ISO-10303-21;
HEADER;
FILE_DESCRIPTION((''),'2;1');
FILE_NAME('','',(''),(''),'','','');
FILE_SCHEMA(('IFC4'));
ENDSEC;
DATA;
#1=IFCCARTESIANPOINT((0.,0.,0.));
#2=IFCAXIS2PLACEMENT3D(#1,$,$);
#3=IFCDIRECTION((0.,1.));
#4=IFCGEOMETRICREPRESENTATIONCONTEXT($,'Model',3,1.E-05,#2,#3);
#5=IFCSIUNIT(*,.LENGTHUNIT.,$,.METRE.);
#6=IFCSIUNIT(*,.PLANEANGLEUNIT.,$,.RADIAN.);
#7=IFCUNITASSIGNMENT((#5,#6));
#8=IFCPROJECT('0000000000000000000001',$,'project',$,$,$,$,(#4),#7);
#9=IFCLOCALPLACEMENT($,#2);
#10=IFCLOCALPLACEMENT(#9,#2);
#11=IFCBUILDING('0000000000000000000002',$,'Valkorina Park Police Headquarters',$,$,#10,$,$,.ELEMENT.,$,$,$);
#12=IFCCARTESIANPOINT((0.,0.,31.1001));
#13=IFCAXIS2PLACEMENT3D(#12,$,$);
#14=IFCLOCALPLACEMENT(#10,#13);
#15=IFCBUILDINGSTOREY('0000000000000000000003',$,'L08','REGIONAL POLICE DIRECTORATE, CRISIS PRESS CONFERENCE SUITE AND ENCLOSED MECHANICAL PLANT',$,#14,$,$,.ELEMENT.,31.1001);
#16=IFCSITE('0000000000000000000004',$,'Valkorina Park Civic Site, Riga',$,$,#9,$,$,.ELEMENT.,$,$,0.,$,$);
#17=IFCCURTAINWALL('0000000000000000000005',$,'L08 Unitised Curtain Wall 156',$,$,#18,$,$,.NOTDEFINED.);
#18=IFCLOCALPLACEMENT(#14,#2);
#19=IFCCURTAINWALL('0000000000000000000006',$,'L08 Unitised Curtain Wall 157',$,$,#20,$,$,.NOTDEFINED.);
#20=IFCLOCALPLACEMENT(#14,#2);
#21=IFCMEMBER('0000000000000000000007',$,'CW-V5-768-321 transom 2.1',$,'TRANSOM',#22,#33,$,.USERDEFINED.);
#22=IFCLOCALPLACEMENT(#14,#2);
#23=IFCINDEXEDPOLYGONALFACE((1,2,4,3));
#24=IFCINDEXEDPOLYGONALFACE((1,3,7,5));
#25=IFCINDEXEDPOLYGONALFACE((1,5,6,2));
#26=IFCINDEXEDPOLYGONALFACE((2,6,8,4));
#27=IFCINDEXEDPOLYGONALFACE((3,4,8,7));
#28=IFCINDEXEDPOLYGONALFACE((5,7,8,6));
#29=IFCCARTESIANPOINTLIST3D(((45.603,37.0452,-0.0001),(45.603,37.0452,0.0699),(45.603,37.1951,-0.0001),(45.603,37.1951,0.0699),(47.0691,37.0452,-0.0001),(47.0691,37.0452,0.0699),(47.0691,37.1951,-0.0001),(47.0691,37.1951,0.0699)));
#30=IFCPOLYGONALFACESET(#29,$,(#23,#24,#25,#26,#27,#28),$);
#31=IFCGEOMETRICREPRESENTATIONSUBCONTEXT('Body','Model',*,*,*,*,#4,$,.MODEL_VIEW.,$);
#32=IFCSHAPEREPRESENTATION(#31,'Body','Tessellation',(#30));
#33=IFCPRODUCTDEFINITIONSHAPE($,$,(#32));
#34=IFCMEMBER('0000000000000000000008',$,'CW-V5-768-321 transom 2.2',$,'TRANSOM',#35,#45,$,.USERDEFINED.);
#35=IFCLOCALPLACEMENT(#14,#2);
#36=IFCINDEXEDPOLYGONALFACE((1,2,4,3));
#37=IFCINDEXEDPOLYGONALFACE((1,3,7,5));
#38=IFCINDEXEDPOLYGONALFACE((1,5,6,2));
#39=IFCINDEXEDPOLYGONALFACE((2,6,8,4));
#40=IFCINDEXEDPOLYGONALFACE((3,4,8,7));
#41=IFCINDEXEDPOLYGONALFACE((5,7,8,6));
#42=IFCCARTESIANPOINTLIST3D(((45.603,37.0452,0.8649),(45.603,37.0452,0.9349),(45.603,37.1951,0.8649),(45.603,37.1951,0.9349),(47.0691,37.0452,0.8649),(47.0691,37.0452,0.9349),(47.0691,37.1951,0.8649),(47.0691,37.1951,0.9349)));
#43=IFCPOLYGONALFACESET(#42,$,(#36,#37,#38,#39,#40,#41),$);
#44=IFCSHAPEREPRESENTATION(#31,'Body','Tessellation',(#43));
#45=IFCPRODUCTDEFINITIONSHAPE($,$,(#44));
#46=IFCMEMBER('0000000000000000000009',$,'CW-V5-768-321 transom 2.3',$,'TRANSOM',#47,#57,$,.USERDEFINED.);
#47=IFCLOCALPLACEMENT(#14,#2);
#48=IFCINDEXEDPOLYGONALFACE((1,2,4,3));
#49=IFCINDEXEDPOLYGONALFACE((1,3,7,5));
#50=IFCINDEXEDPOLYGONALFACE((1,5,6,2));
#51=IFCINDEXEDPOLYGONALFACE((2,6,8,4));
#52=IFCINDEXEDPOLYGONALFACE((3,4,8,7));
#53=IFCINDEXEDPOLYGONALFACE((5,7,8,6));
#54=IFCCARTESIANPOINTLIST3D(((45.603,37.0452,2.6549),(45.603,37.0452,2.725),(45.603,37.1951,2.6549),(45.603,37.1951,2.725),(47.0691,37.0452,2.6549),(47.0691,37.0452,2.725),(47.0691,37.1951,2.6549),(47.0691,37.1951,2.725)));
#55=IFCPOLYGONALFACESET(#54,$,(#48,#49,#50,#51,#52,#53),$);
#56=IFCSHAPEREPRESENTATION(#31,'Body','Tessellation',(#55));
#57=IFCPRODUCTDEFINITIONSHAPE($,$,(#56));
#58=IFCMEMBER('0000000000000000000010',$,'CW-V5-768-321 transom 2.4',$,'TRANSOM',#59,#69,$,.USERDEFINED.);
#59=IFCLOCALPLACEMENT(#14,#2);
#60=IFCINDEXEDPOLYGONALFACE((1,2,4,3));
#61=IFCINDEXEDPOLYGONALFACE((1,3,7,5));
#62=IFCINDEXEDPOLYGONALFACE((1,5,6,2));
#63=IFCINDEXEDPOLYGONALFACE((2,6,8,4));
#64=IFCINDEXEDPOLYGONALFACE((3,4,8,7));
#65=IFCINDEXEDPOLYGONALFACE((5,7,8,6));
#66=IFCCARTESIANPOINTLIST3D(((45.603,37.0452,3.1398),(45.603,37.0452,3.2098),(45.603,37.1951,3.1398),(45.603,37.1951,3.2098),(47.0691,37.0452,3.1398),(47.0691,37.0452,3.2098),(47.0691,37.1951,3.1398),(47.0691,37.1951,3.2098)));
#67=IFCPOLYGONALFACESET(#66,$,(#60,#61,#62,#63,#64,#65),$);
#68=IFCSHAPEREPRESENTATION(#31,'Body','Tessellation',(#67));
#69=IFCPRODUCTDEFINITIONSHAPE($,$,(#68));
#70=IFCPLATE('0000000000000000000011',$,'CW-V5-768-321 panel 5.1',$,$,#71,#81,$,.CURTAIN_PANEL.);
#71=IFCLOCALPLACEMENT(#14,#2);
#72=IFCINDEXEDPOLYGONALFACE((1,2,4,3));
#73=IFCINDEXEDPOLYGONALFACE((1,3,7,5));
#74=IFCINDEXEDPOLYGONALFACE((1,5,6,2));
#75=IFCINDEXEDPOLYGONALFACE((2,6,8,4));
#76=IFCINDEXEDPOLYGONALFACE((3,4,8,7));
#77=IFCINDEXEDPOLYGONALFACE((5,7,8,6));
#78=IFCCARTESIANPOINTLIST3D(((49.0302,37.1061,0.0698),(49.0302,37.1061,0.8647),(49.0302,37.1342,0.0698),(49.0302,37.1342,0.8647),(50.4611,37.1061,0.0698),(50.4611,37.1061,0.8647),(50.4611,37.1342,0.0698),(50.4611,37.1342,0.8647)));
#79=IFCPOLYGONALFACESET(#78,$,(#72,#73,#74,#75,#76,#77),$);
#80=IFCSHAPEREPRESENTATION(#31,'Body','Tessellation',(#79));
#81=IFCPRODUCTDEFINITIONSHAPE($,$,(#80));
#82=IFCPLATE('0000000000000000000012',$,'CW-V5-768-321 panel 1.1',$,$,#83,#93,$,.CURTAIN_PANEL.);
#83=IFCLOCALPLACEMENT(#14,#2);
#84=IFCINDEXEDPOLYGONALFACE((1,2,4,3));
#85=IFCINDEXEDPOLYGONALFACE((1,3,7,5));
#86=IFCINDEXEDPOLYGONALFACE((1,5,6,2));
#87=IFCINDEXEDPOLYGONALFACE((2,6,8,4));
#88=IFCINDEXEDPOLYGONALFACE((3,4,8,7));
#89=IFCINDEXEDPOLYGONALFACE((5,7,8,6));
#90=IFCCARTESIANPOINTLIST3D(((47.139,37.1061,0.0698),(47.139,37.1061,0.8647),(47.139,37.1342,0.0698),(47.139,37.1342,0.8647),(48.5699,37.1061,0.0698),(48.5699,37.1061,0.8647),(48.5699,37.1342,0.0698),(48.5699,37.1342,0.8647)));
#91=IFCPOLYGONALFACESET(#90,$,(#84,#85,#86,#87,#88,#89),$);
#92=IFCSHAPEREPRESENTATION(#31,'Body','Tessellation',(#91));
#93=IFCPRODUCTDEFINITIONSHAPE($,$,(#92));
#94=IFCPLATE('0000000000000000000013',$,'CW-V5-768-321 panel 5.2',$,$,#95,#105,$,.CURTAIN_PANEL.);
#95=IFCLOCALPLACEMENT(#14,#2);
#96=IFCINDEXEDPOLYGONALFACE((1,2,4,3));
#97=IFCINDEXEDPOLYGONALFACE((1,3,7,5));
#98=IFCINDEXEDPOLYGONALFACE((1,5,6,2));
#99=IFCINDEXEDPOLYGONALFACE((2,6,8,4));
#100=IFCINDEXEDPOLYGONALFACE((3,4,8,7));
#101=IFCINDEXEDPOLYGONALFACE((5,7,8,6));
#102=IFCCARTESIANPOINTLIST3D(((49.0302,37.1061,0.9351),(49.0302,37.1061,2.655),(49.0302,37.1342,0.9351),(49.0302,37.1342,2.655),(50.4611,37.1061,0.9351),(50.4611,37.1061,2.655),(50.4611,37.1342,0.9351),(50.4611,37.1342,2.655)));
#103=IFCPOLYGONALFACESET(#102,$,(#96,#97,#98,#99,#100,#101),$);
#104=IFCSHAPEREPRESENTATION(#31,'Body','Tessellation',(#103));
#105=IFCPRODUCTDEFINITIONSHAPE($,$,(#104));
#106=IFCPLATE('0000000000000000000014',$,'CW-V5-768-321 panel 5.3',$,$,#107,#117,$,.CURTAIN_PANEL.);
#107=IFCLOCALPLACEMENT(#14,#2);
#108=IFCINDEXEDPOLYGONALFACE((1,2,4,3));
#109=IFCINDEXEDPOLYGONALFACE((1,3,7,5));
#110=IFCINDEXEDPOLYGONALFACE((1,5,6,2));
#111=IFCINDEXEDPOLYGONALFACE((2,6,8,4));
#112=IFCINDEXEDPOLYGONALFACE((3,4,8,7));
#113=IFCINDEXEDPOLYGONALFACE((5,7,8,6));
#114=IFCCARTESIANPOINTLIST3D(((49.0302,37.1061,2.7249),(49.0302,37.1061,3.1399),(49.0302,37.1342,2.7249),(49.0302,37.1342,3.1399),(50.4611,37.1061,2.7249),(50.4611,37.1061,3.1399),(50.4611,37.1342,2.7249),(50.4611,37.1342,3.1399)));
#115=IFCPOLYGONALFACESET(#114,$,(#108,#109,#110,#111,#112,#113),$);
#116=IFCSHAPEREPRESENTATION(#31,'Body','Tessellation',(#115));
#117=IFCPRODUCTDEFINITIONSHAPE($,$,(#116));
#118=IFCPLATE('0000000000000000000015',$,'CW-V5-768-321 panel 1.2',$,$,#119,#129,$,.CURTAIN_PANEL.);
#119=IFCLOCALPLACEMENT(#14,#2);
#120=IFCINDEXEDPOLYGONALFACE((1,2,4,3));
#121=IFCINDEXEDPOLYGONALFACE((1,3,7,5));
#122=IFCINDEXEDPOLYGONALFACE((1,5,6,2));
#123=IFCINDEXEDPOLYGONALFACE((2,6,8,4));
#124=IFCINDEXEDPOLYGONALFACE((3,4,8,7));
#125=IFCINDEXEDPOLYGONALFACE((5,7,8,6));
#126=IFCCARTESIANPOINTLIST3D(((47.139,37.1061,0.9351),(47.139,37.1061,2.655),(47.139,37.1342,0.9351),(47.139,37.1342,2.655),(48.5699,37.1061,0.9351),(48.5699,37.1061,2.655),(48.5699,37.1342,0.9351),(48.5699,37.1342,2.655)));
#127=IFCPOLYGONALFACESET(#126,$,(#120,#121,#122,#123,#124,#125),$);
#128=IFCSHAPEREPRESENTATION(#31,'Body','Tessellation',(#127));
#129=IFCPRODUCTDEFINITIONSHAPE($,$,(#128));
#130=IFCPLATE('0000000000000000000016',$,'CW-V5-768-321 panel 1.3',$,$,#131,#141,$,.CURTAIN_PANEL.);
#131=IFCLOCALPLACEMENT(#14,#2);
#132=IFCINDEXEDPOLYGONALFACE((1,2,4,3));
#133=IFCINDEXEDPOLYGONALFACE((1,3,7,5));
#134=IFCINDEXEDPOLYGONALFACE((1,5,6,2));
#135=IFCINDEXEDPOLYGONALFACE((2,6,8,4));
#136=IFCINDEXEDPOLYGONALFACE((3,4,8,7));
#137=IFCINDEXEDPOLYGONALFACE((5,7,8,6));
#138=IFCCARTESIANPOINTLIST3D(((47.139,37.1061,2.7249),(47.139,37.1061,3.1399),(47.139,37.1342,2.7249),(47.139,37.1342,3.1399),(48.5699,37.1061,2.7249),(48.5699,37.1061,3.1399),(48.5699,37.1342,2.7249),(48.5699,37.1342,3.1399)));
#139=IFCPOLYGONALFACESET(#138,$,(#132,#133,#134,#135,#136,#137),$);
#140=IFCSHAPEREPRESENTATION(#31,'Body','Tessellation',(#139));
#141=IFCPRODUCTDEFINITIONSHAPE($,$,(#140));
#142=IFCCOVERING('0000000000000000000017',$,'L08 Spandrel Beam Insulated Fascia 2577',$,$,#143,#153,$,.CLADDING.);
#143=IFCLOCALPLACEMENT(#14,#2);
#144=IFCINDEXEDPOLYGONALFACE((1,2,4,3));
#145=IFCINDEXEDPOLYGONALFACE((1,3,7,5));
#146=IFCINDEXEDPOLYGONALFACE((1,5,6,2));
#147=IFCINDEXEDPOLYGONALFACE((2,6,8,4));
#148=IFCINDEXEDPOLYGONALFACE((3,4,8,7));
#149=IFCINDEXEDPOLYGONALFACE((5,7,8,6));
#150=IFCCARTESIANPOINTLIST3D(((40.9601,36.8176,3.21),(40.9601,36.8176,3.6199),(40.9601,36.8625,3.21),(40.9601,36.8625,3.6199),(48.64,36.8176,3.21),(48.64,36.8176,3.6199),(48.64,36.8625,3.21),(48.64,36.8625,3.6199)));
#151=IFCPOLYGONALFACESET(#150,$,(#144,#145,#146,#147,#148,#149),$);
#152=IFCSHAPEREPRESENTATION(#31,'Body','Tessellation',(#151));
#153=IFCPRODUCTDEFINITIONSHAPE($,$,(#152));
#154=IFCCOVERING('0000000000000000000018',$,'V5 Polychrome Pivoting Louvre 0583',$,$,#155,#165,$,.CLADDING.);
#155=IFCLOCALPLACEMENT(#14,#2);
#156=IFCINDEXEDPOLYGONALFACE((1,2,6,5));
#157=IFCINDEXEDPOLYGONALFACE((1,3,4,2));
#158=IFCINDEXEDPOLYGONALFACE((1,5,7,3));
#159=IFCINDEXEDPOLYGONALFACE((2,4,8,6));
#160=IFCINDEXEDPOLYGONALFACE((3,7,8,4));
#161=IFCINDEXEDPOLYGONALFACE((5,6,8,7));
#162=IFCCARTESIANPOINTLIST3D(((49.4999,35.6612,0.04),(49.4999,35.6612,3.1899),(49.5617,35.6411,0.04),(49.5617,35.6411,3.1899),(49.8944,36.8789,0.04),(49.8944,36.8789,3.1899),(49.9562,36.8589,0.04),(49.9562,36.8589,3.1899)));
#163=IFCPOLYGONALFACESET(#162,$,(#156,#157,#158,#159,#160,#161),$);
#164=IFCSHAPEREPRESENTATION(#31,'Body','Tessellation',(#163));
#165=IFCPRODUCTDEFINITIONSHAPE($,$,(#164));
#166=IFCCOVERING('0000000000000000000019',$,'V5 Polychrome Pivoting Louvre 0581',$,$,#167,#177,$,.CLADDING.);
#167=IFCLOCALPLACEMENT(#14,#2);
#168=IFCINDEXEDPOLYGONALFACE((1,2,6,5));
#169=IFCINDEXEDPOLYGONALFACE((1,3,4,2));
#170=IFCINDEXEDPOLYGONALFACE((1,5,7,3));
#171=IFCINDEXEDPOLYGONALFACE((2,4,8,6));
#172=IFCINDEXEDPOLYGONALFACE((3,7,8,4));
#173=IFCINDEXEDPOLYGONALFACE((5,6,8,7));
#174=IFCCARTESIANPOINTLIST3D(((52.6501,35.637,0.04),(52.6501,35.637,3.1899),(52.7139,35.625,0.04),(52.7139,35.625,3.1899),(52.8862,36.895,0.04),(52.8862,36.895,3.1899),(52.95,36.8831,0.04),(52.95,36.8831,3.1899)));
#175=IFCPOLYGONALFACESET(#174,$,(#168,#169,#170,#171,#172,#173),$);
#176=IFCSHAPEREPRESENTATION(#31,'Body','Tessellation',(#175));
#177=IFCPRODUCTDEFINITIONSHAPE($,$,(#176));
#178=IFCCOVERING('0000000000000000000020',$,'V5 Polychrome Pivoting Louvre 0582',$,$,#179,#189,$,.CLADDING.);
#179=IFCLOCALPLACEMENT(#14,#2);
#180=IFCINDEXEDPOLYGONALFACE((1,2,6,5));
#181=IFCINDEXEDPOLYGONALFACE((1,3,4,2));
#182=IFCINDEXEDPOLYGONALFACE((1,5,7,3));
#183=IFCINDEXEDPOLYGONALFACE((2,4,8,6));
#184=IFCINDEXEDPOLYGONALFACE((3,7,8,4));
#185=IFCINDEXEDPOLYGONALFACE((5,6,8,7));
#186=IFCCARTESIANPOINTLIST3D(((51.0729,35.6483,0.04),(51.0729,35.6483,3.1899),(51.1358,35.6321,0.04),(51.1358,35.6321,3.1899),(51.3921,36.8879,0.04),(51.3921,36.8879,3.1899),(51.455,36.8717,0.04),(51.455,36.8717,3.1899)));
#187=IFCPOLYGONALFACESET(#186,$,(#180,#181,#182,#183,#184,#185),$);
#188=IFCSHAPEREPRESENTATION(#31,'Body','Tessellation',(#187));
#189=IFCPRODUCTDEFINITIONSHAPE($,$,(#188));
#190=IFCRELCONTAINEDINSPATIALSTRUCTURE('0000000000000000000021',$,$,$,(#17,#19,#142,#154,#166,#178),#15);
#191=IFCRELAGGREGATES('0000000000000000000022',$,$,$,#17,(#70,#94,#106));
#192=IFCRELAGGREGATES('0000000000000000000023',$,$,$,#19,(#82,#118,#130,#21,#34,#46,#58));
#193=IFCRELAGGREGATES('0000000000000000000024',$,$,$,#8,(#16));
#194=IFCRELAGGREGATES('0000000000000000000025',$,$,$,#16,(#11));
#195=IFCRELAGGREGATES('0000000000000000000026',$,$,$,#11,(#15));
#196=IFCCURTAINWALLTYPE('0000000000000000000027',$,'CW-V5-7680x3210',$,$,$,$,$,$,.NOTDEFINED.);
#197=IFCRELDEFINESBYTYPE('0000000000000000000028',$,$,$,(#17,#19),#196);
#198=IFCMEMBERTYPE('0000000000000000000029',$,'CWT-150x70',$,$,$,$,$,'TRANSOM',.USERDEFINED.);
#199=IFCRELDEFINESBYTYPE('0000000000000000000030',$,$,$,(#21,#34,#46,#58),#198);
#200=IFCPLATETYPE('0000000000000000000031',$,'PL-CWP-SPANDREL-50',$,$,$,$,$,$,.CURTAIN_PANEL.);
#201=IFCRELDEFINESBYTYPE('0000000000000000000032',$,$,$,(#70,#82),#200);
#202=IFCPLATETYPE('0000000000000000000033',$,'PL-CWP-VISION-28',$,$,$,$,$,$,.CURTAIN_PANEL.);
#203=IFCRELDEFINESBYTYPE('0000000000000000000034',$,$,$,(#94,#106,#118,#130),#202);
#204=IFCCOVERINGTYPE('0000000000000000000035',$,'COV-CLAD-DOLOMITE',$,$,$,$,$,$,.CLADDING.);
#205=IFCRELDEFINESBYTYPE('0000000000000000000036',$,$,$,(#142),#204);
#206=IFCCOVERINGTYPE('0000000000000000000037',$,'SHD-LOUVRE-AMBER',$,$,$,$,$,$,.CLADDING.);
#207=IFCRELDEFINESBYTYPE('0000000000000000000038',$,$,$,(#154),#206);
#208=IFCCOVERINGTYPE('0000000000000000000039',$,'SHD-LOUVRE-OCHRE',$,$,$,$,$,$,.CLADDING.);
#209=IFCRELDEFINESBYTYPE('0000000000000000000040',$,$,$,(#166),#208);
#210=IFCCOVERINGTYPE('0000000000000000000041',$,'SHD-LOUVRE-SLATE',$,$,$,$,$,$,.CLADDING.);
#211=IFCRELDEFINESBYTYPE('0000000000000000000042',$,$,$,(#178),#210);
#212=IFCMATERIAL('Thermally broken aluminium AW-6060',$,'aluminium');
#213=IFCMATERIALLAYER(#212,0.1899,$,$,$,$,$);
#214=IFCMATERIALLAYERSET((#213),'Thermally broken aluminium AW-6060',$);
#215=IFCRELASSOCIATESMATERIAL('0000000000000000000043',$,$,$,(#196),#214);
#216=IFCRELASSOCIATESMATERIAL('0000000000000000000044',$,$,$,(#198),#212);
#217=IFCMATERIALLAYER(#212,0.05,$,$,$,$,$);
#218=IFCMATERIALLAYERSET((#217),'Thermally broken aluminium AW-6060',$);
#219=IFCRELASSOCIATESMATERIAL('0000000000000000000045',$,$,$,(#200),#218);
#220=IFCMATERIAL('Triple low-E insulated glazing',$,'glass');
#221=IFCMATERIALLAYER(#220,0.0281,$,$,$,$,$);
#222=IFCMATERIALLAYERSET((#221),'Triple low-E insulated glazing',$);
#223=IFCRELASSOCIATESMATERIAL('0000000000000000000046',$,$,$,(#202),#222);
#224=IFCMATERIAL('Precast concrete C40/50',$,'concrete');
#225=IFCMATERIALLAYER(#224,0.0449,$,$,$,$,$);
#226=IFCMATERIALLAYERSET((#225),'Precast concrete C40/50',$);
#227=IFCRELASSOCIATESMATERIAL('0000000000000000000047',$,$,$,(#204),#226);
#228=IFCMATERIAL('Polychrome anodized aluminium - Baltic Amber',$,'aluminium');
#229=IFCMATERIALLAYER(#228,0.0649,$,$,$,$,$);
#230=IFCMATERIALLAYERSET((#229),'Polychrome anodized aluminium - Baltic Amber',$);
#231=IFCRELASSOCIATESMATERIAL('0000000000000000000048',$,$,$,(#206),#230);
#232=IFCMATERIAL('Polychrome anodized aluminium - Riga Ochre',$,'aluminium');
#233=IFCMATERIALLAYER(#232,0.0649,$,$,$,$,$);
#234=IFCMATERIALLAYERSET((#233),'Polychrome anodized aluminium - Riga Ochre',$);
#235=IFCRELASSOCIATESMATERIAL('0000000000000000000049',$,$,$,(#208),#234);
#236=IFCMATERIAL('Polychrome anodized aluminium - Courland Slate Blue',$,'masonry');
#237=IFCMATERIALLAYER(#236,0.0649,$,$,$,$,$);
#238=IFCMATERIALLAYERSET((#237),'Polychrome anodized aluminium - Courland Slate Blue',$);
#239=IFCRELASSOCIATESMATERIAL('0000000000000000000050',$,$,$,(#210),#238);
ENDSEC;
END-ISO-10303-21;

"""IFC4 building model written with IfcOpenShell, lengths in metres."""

from ifc_helpers import new_model, si_unit, direction, frame, frame_2d, origin, origin_2d, place, context, subcontext, project, spatial, rectangle, extrude, material, layer, layer_set, material_profile, profile_set, type_object, element, aggregate, save


model = new_model("IFC4")

# Units and contexts
model_context = context("Model", 3, precision=1e-05, world=origin(), true_north=direction((0.0, 1.0)))
body_context = subcontext(model_context, "Body", "Model", "MODEL_VIEW")
ifc_project = project(units=[si_unit("LENGTHUNIT", "METRE"), si_unit("PLANEANGLEUNIT", "RADIAN")], contexts=[model_context])

# Site, building, storey
site_placement = place(None, origin())
site = spatial("IfcSite", under=ifc_project, at=site_placement, Name="Valkorina Park Civic Site, Riga", CompositionType="ELEMENT", RefElevation=0.0)
building_placement = place(site_placement, origin())
building = spatial("IfcBuilding", under=site, at=building_placement, Name="Valkorina Park Police Headquarters", CompositionType="ELEMENT")
storey_placement = place(building_placement, frame((0.0, 0.0, 31.1001)))
storey = spatial("IfcBuildingStorey", under=building, at=storey_placement, Name="L08", Description="REGIONAL POLICE DIRECTORATE, CRISIS PRESS CONFERENCE SUITE AND ENCLOSED MECHANICAL PLANT", CompositionType="ELEMENT", Elevation=31.1001)

# Curtain wall
ifc_material_1 = material(Name="Thermally broken aluminium AW-6060", Category="aluminium")
ifc_layer_1 = layer(ifc_material_1, 0.1899)
ifc_layer_set_1 = layer_set([ifc_layer_1], Name="Thermally broken aluminium AW-6060")
curtain_wall_type = type_object("IfcCurtainWallType", Name="CW-V5-7680x3210", PredefinedType="NOTDEFINED", material=ifc_layer_set_1)
curtain_wall_1_placement = place(storey_placement, origin())
curtain_wall_1 = element("IfcCurtainWall", 1, at=curtain_wall_1_placement, inside=storey, type_object=curtain_wall_type, Name="L08 Unitised Curtain Wall 156", PredefinedType="NOTDEFINED")

# Curtain wall, members
curtain_wall_2_placement = place(storey_placement, origin())
curtain_wall_2 = element("IfcCurtainWall", 2, at=curtain_wall_2_placement, inside=storey, type_object=curtain_wall_type, Name="L08 Unitised Curtain Wall 157", PredefinedType="NOTDEFINED")
ifc_material_profile_1 = material_profile(ifc_material_1, rectangle(XDim=0.1499, YDim=0.0701, at=origin_2d()), Name="CWT-02 150x70")
ifc_profile_set_1 = profile_set([ifc_material_profile_1], Name="Thermally broken aluminium AW-6060")
member_type_1 = type_object("IfcMemberType", Name="CWT-150x70", ElementType="TRANSOM", PredefinedType="USERDEFINED", material=ifc_profile_set_1)
member_1_placement = place(storey_placement, frame((47.0691, 37.1201, 0.0349), z_axis=(-1.0, 0.0, 0.0), x_axis=(0.0, -1.0, 0.0)))
member_1 = element("IfcMember", 3, at=member_1_placement, type_object=member_type_1, Name="CW-V5-768-321 transom 2.1", ObjectType="TRANSOM", PredefinedType="USERDEFINED", context=body_context, shape_type="SweptSolid", body=[
    extrude(rectangle(XDim=0.1499, YDim=0.0701, at=origin_2d()), origin(), (0.0, 0.0, 1.0), 1.4661),
])
member_2_placement = place(storey_placement, frame((47.0691, 37.1201, 0.8999), z_axis=(-1.0, 0.0, 0.0), x_axis=(0.0, -1.0, 0.0)))
member_2 = element("IfcMember", 4, at=member_2_placement, type_object=member_type_1, Name="CW-V5-768-321 transom 2.2", ObjectType="TRANSOM", PredefinedType="USERDEFINED", context=body_context, shape_type="SweptSolid", body=[
    extrude(rectangle(XDim=0.1499, YDim=0.0701, at=origin_2d()), origin(), (0.0, 0.0, 1.0), 1.4661),
])
member_3_placement = place(storey_placement, frame((47.0691, 37.1201, 2.6899), z_axis=(-1.0, 0.0, 0.0), x_axis=(0.0, -1.0, 0.0)))
member_3 = element("IfcMember", 5, at=member_3_placement, type_object=member_type_1, Name="CW-V5-768-321 transom 2.3", ObjectType="TRANSOM", PredefinedType="USERDEFINED", context=body_context, shape_type="SweptSolid", body=[
    extrude(rectangle(XDim=0.1499, YDim=0.0701, at=origin_2d()), origin(), (0.0, 0.0, 1.0), 1.4661),
])
member_4_placement = place(storey_placement, frame((47.0691, 37.1201, 3.1748), z_axis=(-1.0, 0.0, 0.0), x_axis=(0.0, -1.0, 0.0)))
member_4 = element("IfcMember", 6, at=member_4_placement, type_object=member_type_1, Name="CW-V5-768-321 transom 2.4", ObjectType="TRANSOM", PredefinedType="USERDEFINED", context=body_context, shape_type="SweptSolid", body=[
    extrude(rectangle(XDim=0.1499, YDim=0.0701, at=origin_2d()), origin(), (0.0, 0.0, 1.0), 1.4661),
])

# Plates
ifc_layer_2 = layer(ifc_material_1, 0.05)
ifc_layer_set_2 = layer_set([ifc_layer_2], Name="Thermally broken aluminium AW-6060")
plate_type_1 = type_object("IfcPlateType", Name="PL-CWP-SPANDREL-50", PredefinedType="CURTAIN_PANEL", material=ifc_layer_set_2)
plate_1_placement = place(storey_placement, frame((49.7456, 37.1201, 0.0698), z_axis=(0.0, 0.0, 1.0), x_axis=(-1.0, 0.0, 0.0)))
plate_1 = element("IfcPlate", 7, at=plate_1_placement, type_object=plate_type_1, Name="CW-V5-768-321 panel 5.1", PredefinedType="CURTAIN_PANEL", context=body_context, shape_type="SweptSolid", body=[
    extrude(rectangle(XDim=1.4309, YDim=0.0281, at=origin_2d()), origin(), (0.0, 0.0, 1.0), 0.7949),
])
plate_2_placement = place(storey_placement, frame((47.8545, 37.1201, 0.0698), z_axis=(0.0, 0.0, 1.0), x_axis=(-1.0, 0.0, 0.0)))
plate_2 = element("IfcPlate", 8, at=plate_2_placement, type_object=plate_type_1, Name="CW-V5-768-321 panel 1.1", PredefinedType="CURTAIN_PANEL", context=body_context, shape_type="SweptSolid", body=[
    extrude(rectangle(XDim=1.4309, YDim=0.0281, at=origin_2d()), origin(), (0.0, 0.0, 1.0), 0.7949),
])
ifc_material_2 = material(Name="Triple low-E insulated glazing", Category="glass")
ifc_layer_3 = layer(ifc_material_2, 0.0281)
ifc_layer_set_3 = layer_set([ifc_layer_3], Name="Triple low-E insulated glazing")
plate_type_2 = type_object("IfcPlateType", Name="PL-CWP-VISION-28", PredefinedType="CURTAIN_PANEL", material=ifc_layer_set_3)
plate_3_placement = place(storey_placement, frame((49.7456, 37.1201, 0.9351), z_axis=(0.0, 0.0, 1.0), x_axis=(-1.0, 0.0, 0.0)))
plate_3 = element("IfcPlate", 9, at=plate_3_placement, type_object=plate_type_2, Name="CW-V5-768-321 panel 5.2", PredefinedType="CURTAIN_PANEL", context=body_context, shape_type="SweptSolid", body=[
    extrude(rectangle(XDim=1.4309, YDim=0.0281, at=origin_2d()), origin(), (0.0, 0.0, 1.0), 1.72),
])
plate_4_placement = place(storey_placement, frame((49.7456, 37.1201, 2.7249), z_axis=(0.0, 0.0, 1.0), x_axis=(-1.0, 0.0, 0.0)))
plate_4 = element("IfcPlate", 10, at=plate_4_placement, type_object=plate_type_2, Name="CW-V5-768-321 panel 5.3", PredefinedType="CURTAIN_PANEL", context=body_context, shape_type="SweptSolid", body=[
    extrude(rectangle(XDim=1.4309, YDim=0.0281, at=origin_2d()), origin(), (0.0, 0.0, 1.0), 0.415),
])
aggregate(curtain_wall_1, [plate_1, plate_3, plate_4])
plate_5_placement = place(storey_placement, frame((47.8545, 37.1201, 0.9351), z_axis=(0.0, 0.0, 1.0), x_axis=(-1.0, 0.0, 0.0)))
plate_5 = element("IfcPlate", 11, at=plate_5_placement, type_object=plate_type_2, Name="CW-V5-768-321 panel 1.2", PredefinedType="CURTAIN_PANEL", context=body_context, shape_type="SweptSolid", body=[
    extrude(rectangle(XDim=1.4309, YDim=0.0281, at=origin_2d()), origin(), (0.0, 0.0, 1.0), 1.72),
])
plate_6_placement = place(storey_placement, frame((47.8545, 37.1201, 2.7249), z_axis=(0.0, 0.0, 1.0), x_axis=(-1.0, 0.0, 0.0)))
plate_6 = element("IfcPlate", 12, at=plate_6_placement, type_object=plate_type_2, Name="CW-V5-768-321 panel 1.3", PredefinedType="CURTAIN_PANEL", context=body_context, shape_type="SweptSolid", body=[
    extrude(rectangle(XDim=1.4309, YDim=0.0281, at=origin_2d()), origin(), (0.0, 0.0, 1.0), 0.415),
])
aggregate(curtain_wall_2, [plate_2, plate_5, plate_6, member_1, member_2, member_3, member_4])

# Coverings
ifc_material_3 = material(Name="Precast concrete C40/50", Category="concrete")
ifc_layer_4 = layer(ifc_material_3, 0.0449)
ifc_layer_set_4 = layer_set([ifc_layer_4], Name="Precast concrete C40/50")
covering_type_1 = type_object("IfcCoveringType", Name="COV-CLAD-DOLOMITE", PredefinedType="CLADDING", material=ifc_layer_set_4)
covering_1_placement = place(storey_placement, frame((48.6399, 36.8401, 3.21), z_axis=(0.0, 0.0, 1.0), x_axis=(-1.0, 0.0, 0.0)))
element("IfcCovering", 13, at=covering_1_placement, inside=storey, type_object=covering_type_1, Name="L08 Spandrel Beam Insulated Fascia 2577", PredefinedType="CLADDING", context=body_context, shape_type="SweptSolid", body=[
    extrude(rectangle(XDim=7.6799, YDim=0.0449, at=frame_2d((3.8398, 0.0))), origin(), (0.0, 0.0, 1.0), 0.4099),
])
ifc_material_4 = material(Name="Polychrome anodized aluminium - Baltic Amber", Category="aluminium")
ifc_layer_5 = layer(ifc_material_4, 0.0649)
ifc_layer_set_5 = layer_set([ifc_layer_5], Name="Polychrome anodized aluminium - Baltic Amber")
covering_type_2 = type_object("IfcCoveringType", Name="SHD-LOUVRE-AMBER", PredefinedType="CLADDING", material=ifc_layer_set_5)
covering_2_placement = place(storey_placement, frame((49.728, 36.26, 0.04), z_axis=(0.0, 0.0, 1.0), x_axis=(-0.308187, -0.951326, 0.0)))
element("IfcCovering", 14, at=covering_2_placement, inside=storey, type_object=covering_type_2, Name="V5 Polychrome Pivoting Louvre 0583", PredefinedType="CLADDING", context=body_context, shape_type="SweptSolid", body=[
    extrude(rectangle(XDim=1.28, YDim=0.0649, at=origin_2d()), origin(), (0.0, 0.0, 1.0), 3.1499),
])
ifc_material_5 = material(Name="Polychrome anodized aluminium - Riga Ochre", Category="aluminium")
ifc_layer_6 = layer(ifc_material_5, 0.0649)
ifc_layer_set_6 = layer_set([ifc_layer_6], Name="Polychrome anodized aluminium - Riga Ochre")
covering_type_3 = type_object("IfcCoveringType", Name="SHD-LOUVRE-OCHRE", PredefinedType="CLADDING", material=ifc_layer_set_6)
covering_3_placement = place(storey_placement, frame((52.8, 36.26, 0.04), z_axis=(0.0, 0.0, 1.0), x_axis=(-0.184466, -0.982839, 0.0)))
element("IfcCovering", 15, at=covering_3_placement, inside=storey, type_object=covering_type_3, Name="V5 Polychrome Pivoting Louvre 0581", PredefinedType="CLADDING", context=body_context, shape_type="SweptSolid", body=[
    extrude(rectangle(XDim=1.28, YDim=0.0649, at=origin_2d()), origin(), (0.0, 0.0, 1.0), 3.1499),
])
ifc_material_6 = material(Name="Polychrome anodized aluminium - Courland Slate Blue", Category="masonry")
ifc_layer_7 = layer(ifc_material_6, 0.0649)
ifc_layer_set_7 = layer_set([ifc_layer_7], Name="Polychrome anodized aluminium - Courland Slate Blue")
covering_type_4 = type_object("IfcCoveringType", Name="SHD-LOUVRE-SLATE", PredefinedType="CLADDING", material=ifc_layer_set_7)
covering_4_placement = place(storey_placement, frame((51.2639, 36.26, 0.04), z_axis=(0.0, 0.0, 1.0), x_axis=(-0.249366, -0.968409, 0.0)))
element("IfcCovering", 16, at=covering_4_placement, inside=storey, type_object=covering_type_4, Name="V5 Polychrome Pivoting Louvre 0582", PredefinedType="CLADDING", context=body_context, shape_type="SweptSolid", body=[
    extrude(rectangle(XDim=1.28, YDim=0.0649, at=origin_2d()), origin(), (0.0, 0.0, 1.0), 3.1499),
])

save(model, "model.ifc")
